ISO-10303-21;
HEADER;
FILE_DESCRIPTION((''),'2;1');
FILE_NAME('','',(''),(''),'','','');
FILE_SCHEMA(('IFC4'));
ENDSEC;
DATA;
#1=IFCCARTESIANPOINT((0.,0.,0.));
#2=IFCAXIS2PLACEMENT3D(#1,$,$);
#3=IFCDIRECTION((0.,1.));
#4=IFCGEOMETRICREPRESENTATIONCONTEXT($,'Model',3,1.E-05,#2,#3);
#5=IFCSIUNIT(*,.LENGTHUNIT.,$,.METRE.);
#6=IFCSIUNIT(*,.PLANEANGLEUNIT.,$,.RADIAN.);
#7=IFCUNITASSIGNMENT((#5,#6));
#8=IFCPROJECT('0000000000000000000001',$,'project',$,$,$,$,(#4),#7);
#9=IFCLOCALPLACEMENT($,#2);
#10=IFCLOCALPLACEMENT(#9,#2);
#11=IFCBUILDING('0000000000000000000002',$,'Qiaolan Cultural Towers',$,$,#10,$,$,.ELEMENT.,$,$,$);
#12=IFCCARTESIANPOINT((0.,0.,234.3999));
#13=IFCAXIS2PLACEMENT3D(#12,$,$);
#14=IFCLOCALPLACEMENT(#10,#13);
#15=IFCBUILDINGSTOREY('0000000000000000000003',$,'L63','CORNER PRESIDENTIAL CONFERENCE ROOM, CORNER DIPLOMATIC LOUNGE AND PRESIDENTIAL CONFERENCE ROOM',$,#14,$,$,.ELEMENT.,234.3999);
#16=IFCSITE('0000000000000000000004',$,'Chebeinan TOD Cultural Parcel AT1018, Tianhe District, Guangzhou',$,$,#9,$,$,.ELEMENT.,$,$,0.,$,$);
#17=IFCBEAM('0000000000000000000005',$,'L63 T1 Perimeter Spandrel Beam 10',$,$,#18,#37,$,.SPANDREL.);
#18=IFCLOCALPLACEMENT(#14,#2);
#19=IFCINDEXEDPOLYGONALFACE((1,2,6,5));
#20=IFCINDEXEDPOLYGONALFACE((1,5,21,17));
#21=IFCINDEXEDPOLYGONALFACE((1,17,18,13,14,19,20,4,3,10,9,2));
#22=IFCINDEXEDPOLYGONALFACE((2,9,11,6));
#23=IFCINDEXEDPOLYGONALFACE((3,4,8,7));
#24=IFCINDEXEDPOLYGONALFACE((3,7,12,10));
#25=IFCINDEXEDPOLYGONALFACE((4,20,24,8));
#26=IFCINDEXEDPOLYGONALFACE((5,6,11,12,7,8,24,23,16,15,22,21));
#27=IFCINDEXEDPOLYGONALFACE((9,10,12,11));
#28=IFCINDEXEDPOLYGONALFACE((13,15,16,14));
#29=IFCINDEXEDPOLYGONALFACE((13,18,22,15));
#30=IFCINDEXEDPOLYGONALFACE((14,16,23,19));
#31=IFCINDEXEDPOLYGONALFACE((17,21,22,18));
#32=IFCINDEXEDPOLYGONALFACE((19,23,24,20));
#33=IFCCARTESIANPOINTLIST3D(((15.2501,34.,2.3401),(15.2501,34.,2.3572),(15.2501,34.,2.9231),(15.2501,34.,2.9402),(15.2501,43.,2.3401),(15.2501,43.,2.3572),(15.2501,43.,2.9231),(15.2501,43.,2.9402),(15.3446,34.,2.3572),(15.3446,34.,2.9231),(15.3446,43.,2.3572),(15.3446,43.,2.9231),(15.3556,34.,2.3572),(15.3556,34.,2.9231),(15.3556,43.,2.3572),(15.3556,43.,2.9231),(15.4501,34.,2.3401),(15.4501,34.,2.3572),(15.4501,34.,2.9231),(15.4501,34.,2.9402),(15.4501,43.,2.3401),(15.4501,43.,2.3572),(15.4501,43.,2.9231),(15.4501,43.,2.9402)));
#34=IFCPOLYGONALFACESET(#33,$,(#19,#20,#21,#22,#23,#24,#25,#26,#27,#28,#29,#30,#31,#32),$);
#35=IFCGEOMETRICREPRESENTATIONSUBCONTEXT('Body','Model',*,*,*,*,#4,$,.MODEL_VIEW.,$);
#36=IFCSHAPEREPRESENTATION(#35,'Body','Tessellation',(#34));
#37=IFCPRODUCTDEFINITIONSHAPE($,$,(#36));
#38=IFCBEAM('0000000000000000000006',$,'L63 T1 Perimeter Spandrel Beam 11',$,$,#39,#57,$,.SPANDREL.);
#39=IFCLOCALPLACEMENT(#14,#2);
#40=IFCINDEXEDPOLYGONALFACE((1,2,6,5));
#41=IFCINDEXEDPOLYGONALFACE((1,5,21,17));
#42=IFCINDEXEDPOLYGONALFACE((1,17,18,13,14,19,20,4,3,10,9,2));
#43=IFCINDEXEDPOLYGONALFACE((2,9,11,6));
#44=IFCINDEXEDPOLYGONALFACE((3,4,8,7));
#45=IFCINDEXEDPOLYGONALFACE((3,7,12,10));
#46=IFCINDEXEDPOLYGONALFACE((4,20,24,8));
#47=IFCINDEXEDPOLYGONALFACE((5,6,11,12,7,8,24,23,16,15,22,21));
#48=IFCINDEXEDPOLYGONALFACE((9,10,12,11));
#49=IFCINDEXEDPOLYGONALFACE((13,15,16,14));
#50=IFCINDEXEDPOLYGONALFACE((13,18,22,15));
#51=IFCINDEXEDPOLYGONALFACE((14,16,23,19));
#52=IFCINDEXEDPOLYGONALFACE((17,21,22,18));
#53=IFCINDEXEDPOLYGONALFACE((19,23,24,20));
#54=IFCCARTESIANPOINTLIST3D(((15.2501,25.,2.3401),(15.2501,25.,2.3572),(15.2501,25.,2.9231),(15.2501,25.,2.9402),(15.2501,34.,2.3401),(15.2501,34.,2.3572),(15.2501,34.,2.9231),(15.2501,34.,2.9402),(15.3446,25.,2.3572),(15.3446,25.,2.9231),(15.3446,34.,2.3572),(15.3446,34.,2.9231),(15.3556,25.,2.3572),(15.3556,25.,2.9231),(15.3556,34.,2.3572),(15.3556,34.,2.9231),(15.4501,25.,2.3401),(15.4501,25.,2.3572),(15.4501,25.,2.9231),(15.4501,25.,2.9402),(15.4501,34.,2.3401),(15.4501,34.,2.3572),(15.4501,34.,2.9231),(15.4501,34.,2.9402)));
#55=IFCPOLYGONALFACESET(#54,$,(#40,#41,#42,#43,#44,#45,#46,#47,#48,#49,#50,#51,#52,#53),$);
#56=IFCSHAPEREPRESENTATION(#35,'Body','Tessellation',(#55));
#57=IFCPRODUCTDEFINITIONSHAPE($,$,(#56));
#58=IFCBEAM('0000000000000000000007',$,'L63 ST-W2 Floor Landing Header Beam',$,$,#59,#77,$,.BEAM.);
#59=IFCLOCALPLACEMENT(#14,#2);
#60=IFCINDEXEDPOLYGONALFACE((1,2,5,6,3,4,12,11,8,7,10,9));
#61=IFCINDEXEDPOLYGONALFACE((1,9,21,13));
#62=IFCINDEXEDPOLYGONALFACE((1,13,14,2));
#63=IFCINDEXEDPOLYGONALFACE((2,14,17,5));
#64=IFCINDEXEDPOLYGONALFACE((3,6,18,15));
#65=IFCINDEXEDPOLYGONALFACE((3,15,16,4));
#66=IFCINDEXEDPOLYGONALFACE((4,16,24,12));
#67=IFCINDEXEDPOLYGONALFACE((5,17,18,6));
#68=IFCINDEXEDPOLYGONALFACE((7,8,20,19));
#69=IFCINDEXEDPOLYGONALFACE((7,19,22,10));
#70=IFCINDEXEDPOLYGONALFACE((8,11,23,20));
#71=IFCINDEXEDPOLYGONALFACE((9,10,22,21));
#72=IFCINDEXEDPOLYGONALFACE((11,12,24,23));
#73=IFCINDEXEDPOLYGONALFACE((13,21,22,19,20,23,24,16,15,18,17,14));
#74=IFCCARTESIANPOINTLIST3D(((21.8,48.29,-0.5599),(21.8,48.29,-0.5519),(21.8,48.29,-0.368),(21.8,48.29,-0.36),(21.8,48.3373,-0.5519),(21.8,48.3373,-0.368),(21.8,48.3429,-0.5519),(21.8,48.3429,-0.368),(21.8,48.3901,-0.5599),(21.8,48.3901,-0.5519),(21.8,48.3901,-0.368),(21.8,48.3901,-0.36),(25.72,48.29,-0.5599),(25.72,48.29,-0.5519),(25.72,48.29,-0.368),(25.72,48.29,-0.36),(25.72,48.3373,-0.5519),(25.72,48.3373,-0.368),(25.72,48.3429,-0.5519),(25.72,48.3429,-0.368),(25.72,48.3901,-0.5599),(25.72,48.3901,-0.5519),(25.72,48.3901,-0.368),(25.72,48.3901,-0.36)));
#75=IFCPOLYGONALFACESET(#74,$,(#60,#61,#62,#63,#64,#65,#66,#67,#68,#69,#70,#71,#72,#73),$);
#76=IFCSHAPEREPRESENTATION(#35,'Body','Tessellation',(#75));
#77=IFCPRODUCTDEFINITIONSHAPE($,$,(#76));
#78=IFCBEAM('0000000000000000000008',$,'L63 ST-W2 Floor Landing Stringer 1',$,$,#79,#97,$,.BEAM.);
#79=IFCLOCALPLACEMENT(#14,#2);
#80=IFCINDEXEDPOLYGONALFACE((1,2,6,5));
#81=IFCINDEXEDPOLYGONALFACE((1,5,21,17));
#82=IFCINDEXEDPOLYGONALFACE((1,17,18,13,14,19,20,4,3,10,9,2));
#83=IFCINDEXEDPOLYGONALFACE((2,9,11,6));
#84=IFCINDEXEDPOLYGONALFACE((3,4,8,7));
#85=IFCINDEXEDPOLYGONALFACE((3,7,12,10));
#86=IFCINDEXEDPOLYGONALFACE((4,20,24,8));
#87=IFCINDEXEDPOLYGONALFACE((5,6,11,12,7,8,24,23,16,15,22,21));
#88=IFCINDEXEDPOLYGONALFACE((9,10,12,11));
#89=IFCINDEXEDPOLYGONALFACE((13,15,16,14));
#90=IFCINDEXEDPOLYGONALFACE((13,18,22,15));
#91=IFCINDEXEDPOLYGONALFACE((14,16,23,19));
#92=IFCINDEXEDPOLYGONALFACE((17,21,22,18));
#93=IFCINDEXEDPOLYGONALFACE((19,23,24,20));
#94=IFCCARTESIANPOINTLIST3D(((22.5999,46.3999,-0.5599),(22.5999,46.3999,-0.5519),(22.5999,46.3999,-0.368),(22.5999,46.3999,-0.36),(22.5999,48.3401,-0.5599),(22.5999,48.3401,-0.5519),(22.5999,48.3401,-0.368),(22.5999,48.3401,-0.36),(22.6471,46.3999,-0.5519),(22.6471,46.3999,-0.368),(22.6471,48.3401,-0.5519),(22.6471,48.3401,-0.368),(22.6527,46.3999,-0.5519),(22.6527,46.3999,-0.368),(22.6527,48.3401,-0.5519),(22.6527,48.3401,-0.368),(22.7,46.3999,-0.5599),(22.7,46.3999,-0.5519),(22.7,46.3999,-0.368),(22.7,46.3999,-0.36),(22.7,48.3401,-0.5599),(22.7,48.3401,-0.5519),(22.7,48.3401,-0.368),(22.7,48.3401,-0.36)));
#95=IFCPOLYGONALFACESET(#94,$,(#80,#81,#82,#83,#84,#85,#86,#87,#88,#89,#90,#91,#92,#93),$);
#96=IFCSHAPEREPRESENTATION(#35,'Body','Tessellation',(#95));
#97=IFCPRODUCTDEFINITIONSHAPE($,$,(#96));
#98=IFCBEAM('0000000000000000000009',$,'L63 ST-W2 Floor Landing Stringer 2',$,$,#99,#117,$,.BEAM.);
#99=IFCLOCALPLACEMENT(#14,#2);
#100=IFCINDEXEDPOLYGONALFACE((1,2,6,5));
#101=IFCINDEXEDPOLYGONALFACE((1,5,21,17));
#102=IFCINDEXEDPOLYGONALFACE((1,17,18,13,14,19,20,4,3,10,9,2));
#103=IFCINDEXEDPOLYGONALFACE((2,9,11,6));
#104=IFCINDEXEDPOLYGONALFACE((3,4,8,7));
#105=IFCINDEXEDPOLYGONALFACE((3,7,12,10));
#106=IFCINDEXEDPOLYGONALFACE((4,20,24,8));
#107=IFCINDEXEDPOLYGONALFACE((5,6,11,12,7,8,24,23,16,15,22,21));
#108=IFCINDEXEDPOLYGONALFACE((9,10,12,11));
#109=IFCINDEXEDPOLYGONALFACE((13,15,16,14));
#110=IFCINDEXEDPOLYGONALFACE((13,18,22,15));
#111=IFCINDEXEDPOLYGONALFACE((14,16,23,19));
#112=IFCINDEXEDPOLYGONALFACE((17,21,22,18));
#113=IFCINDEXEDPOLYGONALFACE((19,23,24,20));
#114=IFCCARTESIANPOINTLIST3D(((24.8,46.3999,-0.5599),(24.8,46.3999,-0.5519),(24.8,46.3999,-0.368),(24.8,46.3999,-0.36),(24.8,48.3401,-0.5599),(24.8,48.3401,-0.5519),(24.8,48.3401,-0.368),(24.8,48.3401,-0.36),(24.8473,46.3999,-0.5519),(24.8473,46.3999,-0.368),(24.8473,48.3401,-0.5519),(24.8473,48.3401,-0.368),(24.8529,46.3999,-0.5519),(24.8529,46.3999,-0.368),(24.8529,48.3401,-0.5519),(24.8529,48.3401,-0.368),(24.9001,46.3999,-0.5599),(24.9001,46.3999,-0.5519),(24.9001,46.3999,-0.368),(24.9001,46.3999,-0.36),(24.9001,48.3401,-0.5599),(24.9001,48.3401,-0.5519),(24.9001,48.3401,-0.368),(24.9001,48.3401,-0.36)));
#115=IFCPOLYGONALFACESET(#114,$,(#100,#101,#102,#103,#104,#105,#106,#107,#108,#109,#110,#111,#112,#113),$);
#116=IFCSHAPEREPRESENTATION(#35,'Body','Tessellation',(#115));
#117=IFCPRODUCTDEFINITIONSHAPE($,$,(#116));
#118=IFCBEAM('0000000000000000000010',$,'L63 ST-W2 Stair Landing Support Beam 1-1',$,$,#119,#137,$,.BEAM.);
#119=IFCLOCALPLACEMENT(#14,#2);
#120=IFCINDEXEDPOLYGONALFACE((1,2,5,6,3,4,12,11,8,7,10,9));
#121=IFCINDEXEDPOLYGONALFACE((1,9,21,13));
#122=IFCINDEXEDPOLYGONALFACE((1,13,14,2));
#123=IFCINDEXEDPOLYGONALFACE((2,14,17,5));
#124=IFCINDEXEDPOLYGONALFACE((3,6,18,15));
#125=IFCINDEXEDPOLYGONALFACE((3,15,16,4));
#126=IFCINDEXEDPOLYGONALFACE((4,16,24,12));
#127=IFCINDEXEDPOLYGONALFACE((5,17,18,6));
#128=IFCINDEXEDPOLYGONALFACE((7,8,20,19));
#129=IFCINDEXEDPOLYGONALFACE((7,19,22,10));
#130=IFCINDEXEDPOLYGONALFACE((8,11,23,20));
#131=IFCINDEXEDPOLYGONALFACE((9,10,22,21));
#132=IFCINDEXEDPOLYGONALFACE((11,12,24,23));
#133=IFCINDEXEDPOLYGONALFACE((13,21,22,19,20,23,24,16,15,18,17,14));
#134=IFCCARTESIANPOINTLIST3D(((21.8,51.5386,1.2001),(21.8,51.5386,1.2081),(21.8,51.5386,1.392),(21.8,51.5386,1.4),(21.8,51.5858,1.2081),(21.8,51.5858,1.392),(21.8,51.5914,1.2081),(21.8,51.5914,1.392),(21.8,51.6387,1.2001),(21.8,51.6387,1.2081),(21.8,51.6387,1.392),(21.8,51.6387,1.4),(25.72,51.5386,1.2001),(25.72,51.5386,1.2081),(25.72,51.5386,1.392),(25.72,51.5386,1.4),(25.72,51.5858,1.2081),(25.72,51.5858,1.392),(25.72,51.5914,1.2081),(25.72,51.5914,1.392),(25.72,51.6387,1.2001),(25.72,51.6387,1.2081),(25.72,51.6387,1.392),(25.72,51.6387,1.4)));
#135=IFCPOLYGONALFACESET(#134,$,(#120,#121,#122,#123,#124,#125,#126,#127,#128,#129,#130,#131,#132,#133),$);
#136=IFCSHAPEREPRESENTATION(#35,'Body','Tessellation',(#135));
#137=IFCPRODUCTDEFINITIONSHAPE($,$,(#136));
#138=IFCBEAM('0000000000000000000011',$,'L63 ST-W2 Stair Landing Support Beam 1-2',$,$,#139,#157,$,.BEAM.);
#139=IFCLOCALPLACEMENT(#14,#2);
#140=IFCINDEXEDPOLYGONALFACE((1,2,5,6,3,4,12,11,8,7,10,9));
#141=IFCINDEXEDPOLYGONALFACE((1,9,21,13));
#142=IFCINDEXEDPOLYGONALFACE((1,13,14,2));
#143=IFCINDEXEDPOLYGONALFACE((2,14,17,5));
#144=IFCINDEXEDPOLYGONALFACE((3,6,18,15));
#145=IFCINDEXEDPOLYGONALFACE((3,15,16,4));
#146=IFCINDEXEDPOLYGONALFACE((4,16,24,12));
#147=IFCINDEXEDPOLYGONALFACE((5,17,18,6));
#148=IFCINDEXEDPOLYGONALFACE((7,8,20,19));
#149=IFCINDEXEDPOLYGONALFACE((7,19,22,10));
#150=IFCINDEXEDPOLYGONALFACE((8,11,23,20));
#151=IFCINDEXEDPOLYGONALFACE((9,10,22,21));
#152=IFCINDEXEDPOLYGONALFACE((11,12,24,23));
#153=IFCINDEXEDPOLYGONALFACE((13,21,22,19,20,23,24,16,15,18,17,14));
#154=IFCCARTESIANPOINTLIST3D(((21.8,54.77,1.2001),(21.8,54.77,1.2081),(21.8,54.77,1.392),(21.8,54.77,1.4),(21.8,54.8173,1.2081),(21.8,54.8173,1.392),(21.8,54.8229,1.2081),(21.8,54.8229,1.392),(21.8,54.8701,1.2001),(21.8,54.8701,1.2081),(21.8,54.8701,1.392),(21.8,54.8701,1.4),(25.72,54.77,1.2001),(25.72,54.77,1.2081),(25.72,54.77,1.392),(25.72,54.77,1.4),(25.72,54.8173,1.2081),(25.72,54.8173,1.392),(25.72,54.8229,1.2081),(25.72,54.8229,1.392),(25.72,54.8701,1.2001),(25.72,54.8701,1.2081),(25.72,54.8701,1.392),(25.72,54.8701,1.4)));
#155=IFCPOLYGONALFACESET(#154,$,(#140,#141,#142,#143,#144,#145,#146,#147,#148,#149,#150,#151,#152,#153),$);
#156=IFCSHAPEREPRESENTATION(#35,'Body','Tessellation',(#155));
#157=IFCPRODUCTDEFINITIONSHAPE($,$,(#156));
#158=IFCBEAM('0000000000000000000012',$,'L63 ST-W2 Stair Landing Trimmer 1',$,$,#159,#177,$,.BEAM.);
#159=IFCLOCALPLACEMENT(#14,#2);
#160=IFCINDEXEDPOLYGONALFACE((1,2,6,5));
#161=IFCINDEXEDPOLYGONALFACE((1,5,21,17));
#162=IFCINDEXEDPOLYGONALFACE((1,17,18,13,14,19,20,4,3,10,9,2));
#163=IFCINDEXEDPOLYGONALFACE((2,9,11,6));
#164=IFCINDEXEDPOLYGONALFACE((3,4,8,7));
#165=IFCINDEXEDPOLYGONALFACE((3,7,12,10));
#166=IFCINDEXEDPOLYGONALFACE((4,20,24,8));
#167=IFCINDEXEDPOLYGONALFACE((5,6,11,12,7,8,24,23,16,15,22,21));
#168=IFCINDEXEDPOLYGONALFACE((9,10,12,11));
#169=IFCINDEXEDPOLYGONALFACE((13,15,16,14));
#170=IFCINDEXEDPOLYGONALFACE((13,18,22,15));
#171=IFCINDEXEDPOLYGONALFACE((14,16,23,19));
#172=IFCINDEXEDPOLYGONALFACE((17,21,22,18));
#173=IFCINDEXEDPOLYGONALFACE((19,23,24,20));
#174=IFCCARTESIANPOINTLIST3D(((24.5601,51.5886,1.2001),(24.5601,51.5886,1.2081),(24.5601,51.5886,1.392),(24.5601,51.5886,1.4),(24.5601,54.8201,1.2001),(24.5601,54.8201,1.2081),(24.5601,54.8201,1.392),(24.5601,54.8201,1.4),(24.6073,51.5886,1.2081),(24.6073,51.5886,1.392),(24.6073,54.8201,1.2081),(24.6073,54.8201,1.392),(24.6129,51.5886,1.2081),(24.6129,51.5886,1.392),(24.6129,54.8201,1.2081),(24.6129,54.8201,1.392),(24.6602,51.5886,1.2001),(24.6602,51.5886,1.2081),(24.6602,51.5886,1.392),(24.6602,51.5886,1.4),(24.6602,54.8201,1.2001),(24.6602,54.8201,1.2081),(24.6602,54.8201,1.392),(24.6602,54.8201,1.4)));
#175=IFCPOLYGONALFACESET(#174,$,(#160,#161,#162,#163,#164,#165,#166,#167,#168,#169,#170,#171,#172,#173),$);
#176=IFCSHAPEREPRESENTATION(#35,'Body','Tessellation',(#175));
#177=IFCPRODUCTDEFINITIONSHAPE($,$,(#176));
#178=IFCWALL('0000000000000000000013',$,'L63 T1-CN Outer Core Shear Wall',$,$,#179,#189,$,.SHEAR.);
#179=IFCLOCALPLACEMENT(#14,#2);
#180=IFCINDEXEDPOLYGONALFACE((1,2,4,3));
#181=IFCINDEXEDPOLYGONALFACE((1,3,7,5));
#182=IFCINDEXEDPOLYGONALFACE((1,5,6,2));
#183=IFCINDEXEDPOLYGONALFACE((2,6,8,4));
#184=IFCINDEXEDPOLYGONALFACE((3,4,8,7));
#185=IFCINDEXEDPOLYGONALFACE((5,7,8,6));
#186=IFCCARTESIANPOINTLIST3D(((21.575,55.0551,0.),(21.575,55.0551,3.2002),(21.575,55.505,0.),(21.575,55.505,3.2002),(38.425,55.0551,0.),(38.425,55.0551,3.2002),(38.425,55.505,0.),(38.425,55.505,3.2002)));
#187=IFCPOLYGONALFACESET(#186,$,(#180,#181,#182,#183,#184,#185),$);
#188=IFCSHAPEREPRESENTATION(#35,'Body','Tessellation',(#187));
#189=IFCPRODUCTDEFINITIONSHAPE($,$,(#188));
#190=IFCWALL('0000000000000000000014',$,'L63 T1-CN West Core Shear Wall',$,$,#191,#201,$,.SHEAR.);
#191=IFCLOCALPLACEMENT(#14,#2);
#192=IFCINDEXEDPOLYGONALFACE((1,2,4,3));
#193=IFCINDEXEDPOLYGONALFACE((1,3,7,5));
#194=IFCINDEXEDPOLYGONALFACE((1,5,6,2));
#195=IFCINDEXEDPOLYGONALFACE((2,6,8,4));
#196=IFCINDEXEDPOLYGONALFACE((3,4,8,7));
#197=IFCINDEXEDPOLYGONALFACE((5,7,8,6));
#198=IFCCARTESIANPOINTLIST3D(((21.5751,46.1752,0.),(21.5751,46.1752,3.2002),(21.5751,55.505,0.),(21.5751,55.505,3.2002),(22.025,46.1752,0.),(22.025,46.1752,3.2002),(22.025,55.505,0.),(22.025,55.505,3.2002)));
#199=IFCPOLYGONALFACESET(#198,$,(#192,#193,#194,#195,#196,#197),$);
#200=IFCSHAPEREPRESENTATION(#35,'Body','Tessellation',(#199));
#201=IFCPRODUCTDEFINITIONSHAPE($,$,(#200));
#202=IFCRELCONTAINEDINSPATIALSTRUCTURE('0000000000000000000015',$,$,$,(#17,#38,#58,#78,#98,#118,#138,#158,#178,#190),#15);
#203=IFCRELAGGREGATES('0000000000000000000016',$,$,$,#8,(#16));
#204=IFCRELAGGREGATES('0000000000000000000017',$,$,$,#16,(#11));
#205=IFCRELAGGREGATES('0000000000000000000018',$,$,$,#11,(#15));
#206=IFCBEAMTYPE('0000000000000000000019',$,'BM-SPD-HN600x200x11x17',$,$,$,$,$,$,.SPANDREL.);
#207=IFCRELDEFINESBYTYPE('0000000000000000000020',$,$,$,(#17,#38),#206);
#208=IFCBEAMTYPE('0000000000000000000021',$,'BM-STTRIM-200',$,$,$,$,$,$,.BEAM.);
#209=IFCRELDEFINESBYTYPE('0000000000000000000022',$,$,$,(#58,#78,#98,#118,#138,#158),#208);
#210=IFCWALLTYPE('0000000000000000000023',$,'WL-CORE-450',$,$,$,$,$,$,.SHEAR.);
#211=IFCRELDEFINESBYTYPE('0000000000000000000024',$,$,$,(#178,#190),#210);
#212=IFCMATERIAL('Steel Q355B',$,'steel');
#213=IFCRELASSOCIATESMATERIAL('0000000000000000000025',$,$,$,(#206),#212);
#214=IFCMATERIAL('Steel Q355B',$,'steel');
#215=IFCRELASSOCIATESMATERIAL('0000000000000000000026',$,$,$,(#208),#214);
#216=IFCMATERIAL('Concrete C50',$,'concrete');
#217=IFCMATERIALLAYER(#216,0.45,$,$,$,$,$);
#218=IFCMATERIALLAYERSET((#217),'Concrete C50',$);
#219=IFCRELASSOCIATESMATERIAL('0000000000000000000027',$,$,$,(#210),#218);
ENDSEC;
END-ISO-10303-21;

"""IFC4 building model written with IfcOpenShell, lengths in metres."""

from ifc_helpers import new_model, si_unit, direction, frame, frame_2d, origin, origin_2d, place, context, subcontext, project, spatial, rectangle, i_section, extrude, material, layer, layer_set, material_profile, profile_set, type_object, element, save


model = new_model("IFC4")

# Units and contexts
model_context = context("Model", 3, precision=1e-05, world=origin(), true_north=direction((0.0, 1.0)))
body_context = subcontext(model_context, "Body", "Model", "MODEL_VIEW")
ifc_project = project(units=[si_unit("LENGTHUNIT", "METRE"), si_unit("PLANEANGLEUNIT", "RADIAN")], contexts=[model_context])

# Site, building, storey
site_placement = place(None, origin())
site = spatial("IfcSite", under=ifc_project, at=site_placement, Name="Chebeinan TOD Cultural Parcel AT1018, Tianhe District, Guangzhou", CompositionType="ELEMENT", RefElevation=0.0)
building_placement = place(site_placement, origin())
building = spatial("IfcBuilding", under=site, at=building_placement, Name="Qiaolan Cultural Towers", CompositionType="ELEMENT")
storey_placement = place(building_placement, frame((0.0, 0.0, 234.3999)))
storey = spatial("IfcBuildingStorey", under=building, at=storey_placement, Name="L63", Description="CORNER PRESIDENTIAL CONFERENCE ROOM, CORNER DIPLOMATIC LOUNGE AND PRESIDENTIAL CONFERENCE ROOM", CompositionType="ELEMENT", Elevation=234.3999)

# Beams
ifc_material_1 = material(Name="Steel Q355B", Category="steel")
ifc_material_profile_1 = material_profile(ifc_material_1, i_section(OverallWidth=0.2, OverallDepth=0.6001, WebThickness=0.011, FlangeThickness=0.0171, at=origin_2d()), Name="HN600x200x11x17")
ifc_profile_set_1 = profile_set([ifc_material_profile_1], Name="Steel Q355B")
beam_type_1 = type_object("IfcBeamType", Name="BM-SPD-HN600x200x11x17", PredefinedType="SPANDREL", material=ifc_profile_set_1)
for number, where, z_axis, x_axis, name in (
    (1, (15.3501, 43.0, 2.6401), (0.0, -1.0, 0.0), (1.0, 0.0, 0.0), "L63 T1 Perimeter Spandrel Beam 10"),
    (2, (15.3501, 34.0, 2.6401), (0.0, -1.0, 0.0), (1.0, 0.0, 0.0), "L63 T1 Perimeter Spandrel Beam 11"),
):
    element("IfcBeam", number, at=place(storey_placement, frame(where, z_axis=z_axis, x_axis=x_axis)), inside=storey, type_object=beam_type_1, Name=name, PredefinedType="SPANDREL", context=body_context, shape_type="SweptSolid", body=[
        extrude(i_section(OverallWidth=0.2, OverallDepth=0.6001, WebThickness=0.011, FlangeThickness=0.0171, at=origin_2d()), origin(), (0.0, 0.0, 1.0), 9.0),
    ])
ifc_material_2 = material(Name="Steel Q355B", Category="steel")
ifc_material_profile_2 = material_profile(ifc_material_2, i_section(OverallWidth=0.1001, OverallDepth=0.2, WebThickness=0.0056, FlangeThickness=0.0081, at=origin_2d()), Name="HN200x100x5.5x8")
ifc_profile_set_2 = profile_set([ifc_material_profile_2], Name="Steel Q355B")
beam_type_2 = type_object("IfcBeamType", Name="BM-STTRIM-200", PredefinedType="BEAM", material=ifc_profile_set_2)
beam_1_placement = place(storey_placement, frame((21.8, 48.3401, -0.46), z_axis=(1.0, 0.0, 0.0), x_axis=(0.0, 1.0, 0.0)))
element("IfcBeam", 3, at=beam_1_placement, inside=storey, type_object=beam_type_2, Name="L63 ST-W2 Floor Landing Header Beam", PredefinedType="BEAM", context=body_context, shape_type="SweptSolid", body=[
    extrude(i_section(OverallWidth=0.1001, OverallDepth=0.2, WebThickness=0.0056, FlangeThickness=0.0081, at=origin_2d()), origin(), (0.0, 0.0, 1.0), 3.9199),
])
for number, where, z_axis, x_axis, name in (
    (4, (22.6499, 46.3999, -0.46), (0.0, 1.0, 0.0), (-1.0, 0.0, 0.0), "L63 ST-W2 Floor Landing Stringer 1"),
    (5, (24.8501, 46.3999, -0.46), (0.0, 1.0, 0.0), (-1.0, 0.0, 0.0), "L63 ST-W2 Floor Landing Stringer 2"),
):
    element("IfcBeam", number, at=place(storey_placement, frame(where, z_axis=z_axis, x_axis=x_axis)), inside=storey, type_object=beam_type_2, Name=name, PredefinedType="BEAM", context=body_context, shape_type="SweptSolid", body=[
        extrude(i_section(OverallWidth=0.1001, OverallDepth=0.2, WebThickness=0.0056, FlangeThickness=0.0081, at=origin_2d()), origin(), (0.0, 0.0, 1.0), 1.9402),
    ])
for number, where, z_axis, x_axis, name in (
    (6, (21.8, 51.5886, 1.3), (1.0, 0.0, 0.0), (0.0, 1.0, 0.0), "L63 ST-W2 Stair Landing Support Beam 1-1"),
    (7, (21.8, 54.8201, 1.3), (1.0, 0.0, 0.0), (0.0, 1.0, 0.0), "L63 ST-W2 Stair Landing Support Beam 1-2"),
):
    element("IfcBeam", number, at=place(storey_placement, frame(where, z_axis=z_axis, x_axis=x_axis)), inside=storey, type_object=beam_type_2, Name=name, PredefinedType="BEAM", context=body_context, shape_type="SweptSolid", body=[
        extrude(i_section(OverallWidth=0.1001, OverallDepth=0.2, WebThickness=0.0056, FlangeThickness=0.0081, at=origin_2d()), origin(), (0.0, 0.0, 1.0), 3.9199),
    ])
beam_2_placement = place(storey_placement, frame((24.6101, 51.5886, 1.3), z_axis=(0.0, 1.0, 0.0), x_axis=(-1.0, 0.0, 0.0)))
element("IfcBeam", 8, at=beam_2_placement, inside=storey, type_object=beam_type_2, Name="L63 ST-W2 Stair Landing Trimmer 1", PredefinedType="BEAM", context=body_context, shape_type="SweptSolid", body=[
    extrude(i_section(OverallWidth=0.1001, OverallDepth=0.2, WebThickness=0.0056, FlangeThickness=0.0081, at=origin_2d()), origin(), (0.0, 0.0, 1.0), 3.2314),
])

# Walls
ifc_material_3 = material(Name="Concrete C50", Category="concrete")
ifc_layer_1 = layer(ifc_material_3, 0.45)
ifc_layer_set_1 = layer_set([ifc_layer_1], Name="Concrete C50")
wall_type_1 = type_object("IfcWallType", Name="WL-CORE-450", PredefinedType="SHEAR", material=ifc_layer_set_1)
wall_1_placement = place(storey_placement, frame((21.575, 55.28, 0.0), z_axis=(0.0, 0.0, 1.0), x_axis=(1.0, 0.0, 0.0)))
element("IfcWall", 9, at=wall_1_placement, inside=storey, type_object=wall_type_1, Name="L63 T1-CN Outer Core Shear Wall", PredefinedType="SHEAR", context=body_context, shape_type="SweptSolid", body=[
    extrude(rectangle(XDim=16.8501, YDim=0.45, at=frame_2d((8.425, 0.0))), origin(), (0.0, 0.0, 1.0), 3.2002),
])
wall_2_placement = place(storey_placement, frame((21.8, 46.175, 0.0), z_axis=(0.0, 0.0, 1.0), x_axis=(0.0, 1.0, 0.0)))
element("IfcWall", 10, at=wall_2_placement, inside=storey, type_object=wall_type_1, Name="L63 T1-CN West Core Shear Wall", PredefinedType="SHEAR", context=body_context, shape_type="SweptSolid", body=[
    extrude(rectangle(XDim=9.3298, YDim=0.45, at=frame_2d((4.665, 0.0))), origin(), (0.0, 0.0, 1.0), 3.2002),
])

save(model, "model.ifc")
